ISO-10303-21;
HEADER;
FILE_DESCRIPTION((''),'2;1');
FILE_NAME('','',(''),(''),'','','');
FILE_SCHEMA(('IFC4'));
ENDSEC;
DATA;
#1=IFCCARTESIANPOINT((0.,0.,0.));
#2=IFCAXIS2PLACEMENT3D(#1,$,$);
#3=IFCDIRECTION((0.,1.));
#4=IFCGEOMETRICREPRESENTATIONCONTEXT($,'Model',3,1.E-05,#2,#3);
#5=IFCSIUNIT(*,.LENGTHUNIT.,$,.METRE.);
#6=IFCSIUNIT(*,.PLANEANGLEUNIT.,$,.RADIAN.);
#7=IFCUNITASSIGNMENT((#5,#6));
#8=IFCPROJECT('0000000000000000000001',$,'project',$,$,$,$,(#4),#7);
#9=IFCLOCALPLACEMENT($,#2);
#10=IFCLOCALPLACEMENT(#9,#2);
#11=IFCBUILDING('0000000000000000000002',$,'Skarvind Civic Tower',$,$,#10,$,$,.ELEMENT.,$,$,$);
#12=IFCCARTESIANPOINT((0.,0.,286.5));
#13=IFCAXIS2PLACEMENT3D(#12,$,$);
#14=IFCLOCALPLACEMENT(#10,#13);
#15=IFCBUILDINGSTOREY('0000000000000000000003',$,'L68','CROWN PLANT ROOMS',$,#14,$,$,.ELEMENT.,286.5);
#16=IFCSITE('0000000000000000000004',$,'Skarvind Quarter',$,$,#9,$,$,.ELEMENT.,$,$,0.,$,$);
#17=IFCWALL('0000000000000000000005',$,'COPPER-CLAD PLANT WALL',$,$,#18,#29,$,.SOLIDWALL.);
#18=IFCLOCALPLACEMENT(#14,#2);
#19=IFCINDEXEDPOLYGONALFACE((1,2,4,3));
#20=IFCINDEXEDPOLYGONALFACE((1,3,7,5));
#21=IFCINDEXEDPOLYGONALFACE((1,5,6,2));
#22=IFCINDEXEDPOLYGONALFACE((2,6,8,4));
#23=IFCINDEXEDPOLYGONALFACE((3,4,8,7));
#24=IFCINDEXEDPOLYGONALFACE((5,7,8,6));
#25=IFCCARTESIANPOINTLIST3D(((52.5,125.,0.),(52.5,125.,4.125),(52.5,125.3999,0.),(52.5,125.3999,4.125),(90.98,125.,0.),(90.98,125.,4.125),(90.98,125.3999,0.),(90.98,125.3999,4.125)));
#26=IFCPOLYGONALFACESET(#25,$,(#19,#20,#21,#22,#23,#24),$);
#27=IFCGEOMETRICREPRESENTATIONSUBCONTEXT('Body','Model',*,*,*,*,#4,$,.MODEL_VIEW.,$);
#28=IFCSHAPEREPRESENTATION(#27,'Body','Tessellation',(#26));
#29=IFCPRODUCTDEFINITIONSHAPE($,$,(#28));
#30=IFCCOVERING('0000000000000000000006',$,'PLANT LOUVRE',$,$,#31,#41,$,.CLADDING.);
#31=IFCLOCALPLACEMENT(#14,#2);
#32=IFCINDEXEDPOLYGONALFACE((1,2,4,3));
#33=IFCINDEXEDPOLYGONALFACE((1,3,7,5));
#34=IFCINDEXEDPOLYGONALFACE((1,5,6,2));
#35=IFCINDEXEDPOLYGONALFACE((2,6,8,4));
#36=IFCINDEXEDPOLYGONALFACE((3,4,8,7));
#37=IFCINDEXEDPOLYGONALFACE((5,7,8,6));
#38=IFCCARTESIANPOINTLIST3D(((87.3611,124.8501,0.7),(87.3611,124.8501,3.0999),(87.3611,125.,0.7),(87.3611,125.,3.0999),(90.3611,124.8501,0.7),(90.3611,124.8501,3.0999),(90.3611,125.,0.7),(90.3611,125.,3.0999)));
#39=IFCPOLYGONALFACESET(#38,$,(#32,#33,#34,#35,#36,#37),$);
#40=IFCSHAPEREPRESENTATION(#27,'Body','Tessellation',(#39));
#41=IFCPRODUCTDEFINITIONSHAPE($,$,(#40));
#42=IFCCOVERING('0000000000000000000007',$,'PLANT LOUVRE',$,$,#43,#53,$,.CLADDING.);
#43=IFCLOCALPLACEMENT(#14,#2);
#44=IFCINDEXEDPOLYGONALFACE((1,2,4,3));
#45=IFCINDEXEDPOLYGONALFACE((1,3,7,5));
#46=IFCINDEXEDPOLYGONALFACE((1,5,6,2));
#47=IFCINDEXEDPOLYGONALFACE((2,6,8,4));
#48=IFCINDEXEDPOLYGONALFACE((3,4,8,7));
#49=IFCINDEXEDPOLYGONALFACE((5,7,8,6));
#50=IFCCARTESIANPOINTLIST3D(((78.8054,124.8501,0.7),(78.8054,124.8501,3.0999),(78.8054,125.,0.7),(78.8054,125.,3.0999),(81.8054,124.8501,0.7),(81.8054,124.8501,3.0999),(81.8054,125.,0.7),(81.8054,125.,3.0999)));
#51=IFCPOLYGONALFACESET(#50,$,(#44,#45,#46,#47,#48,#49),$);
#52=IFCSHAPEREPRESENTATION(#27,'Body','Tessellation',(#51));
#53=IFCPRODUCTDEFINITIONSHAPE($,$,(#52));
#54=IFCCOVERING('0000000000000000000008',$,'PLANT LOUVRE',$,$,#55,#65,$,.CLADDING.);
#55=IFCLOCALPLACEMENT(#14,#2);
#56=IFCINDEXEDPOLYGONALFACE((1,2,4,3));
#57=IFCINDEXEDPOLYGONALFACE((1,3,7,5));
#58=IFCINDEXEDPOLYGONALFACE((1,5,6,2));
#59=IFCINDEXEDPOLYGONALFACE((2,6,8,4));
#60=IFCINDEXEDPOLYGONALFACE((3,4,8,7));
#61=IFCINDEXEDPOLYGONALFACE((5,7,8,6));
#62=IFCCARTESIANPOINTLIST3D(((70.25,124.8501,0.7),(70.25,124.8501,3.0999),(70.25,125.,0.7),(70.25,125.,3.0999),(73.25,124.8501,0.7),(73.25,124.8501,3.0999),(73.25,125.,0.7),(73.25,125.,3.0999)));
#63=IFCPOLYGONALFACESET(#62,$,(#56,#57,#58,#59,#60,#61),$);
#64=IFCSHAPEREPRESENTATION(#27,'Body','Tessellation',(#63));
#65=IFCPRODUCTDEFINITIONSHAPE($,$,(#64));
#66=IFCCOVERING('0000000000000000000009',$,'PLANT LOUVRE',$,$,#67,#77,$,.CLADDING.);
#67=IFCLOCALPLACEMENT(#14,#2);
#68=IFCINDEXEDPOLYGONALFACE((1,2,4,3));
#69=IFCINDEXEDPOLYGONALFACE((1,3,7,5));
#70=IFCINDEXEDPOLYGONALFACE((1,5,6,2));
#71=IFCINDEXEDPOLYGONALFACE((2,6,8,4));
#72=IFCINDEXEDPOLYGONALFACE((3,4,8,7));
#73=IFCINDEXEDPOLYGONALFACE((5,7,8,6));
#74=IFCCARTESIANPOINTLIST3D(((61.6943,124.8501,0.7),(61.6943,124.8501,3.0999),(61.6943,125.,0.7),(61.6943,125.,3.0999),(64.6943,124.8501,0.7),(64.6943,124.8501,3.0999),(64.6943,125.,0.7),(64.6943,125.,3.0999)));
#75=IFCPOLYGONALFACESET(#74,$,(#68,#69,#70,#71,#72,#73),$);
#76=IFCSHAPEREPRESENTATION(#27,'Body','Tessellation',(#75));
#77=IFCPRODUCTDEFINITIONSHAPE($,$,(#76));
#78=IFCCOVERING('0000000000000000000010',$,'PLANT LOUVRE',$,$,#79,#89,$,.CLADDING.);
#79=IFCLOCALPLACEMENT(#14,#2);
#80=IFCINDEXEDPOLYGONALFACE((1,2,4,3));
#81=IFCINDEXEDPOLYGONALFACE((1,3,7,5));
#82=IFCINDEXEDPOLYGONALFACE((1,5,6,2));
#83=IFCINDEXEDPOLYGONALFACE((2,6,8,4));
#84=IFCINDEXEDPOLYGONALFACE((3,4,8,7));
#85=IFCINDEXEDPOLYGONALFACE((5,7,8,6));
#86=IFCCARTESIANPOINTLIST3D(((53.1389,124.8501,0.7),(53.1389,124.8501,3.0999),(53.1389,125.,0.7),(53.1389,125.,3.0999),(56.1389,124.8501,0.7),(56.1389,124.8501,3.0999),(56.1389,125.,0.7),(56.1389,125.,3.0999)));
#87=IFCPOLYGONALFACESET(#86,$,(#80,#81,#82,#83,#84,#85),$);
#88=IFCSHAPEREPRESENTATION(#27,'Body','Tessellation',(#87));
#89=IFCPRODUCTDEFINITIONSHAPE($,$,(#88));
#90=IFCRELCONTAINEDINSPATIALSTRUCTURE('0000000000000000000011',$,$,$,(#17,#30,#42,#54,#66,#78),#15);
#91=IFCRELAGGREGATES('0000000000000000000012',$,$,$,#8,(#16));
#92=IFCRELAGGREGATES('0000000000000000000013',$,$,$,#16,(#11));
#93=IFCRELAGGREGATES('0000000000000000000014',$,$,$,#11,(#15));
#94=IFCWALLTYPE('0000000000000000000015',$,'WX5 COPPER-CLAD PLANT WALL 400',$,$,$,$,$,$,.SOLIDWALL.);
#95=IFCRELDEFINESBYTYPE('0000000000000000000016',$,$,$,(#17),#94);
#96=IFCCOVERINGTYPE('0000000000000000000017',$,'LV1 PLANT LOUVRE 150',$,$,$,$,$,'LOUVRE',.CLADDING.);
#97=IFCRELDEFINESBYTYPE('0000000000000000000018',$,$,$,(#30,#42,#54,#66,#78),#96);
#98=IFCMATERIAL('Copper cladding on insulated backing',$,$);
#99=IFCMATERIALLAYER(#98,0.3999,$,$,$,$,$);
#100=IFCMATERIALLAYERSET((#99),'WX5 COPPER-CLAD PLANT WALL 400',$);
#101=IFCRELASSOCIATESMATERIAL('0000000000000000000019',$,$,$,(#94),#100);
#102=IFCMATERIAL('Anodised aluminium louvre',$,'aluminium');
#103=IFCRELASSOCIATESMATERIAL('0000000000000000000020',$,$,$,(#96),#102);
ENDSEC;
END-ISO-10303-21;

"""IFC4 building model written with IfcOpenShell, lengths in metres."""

from ifc_helpers import new_model, si_unit, direction, frame, frame_2d, origin, origin_2d, place, context, subcontext, project, spatial, rectangle, extrude, material, layer, layer_set, material_profile, profile_set, type_object, element, save


model = new_model("IFC4")

# Units and contexts
model_context = context("Model", 3, precision=1e-05, world=origin(), true_north=direction((0.0, 1.0)))
body_context = subcontext(model_context, "Body", "Model", "MODEL_VIEW")
ifc_project = project(units=[si_unit("LENGTHUNIT", "METRE"), si_unit("PLANEANGLEUNIT", "RADIAN")], contexts=[model_context])

# Site, building, storey
site_placement = place(None, origin())
site = spatial("IfcSite", under=ifc_project, at=site_placement, Name="Skarvind Quarter", CompositionType="ELEMENT", RefElevation=0.0)
building_placement = place(site_placement, origin())
building = spatial("IfcBuilding", under=site, at=building_placement, Name="Skarvind Civic Tower", CompositionType="ELEMENT")
storey_placement = place(building_placement, frame((0.0, 0.0, 286.5)))
storey = spatial("IfcBuildingStorey", under=building, at=storey_placement, Name="L68", Description="CROWN PLANT ROOMS", CompositionType="ELEMENT", Elevation=286.5)

# Wall
ifc_material_1 = material(Name="Copper cladding on insulated backing")
ifc_layer_1 = layer(ifc_material_1, 0.3999)
ifc_layer_set_1 = layer_set([ifc_layer_1], Name="WX5 COPPER-CLAD PLANT WALL 400")
wall_type_1 = type_object("IfcWallType", Name="WX5 COPPER-CLAD PLANT WALL 400", PredefinedType="SOLIDWALL", material=ifc_layer_set_1)
wall_1_placement = place(storey_placement, frame((90.98, 125.2, 0.0), z_axis=(0.0, 0.0, 1.0), x_axis=(-1.0, 0.0, 0.0)))
element("IfcWall", 1, at=wall_1_placement, inside=storey, type_object=wall_type_1, Name="COPPER-CLAD PLANT WALL", PredefinedType="SOLIDWALL", context=body_context, shape_type="SweptSolid", body=[
    extrude(rectangle(XDim=38.48, YDim=0.3999, at=frame_2d((19.24, 0.0))), origin(), (0.0, 0.0, 1.0), 4.125),
])

# Coverings
ifc_material_2 = material(Name="Anodised aluminium louvre", Category="aluminium")
ifc_material_profile_1 = material_profile(ifc_material_2, rectangle(XDim=3.0, YDim=2.3999, at=origin_2d()), Name="LOUVRE 3000 x 2400")
ifc_profile_set_1 = profile_set([ifc_material_profile_1], Name="Anodised aluminium louvre")
covering_type = type_object("IfcCoveringType", Name="LV1 PLANT LOUVRE 150", ElementType="LOUVRE", PredefinedType="CLADDING", material=ifc_profile_set_1)
for number, where, z_axis, x_axis, name in (
    (2, (88.8611, 125.0, 1.8999), (0.0, -1.0, 0.0), (1.0, 0.0, 0.0), "PLANT LOUVRE"),
    (3, (80.3054, 125.0, 1.8999), (0.0, -1.0, 0.0), (1.0, 0.0, 0.0), "PLANT LOUVRE"),
    (4, (71.75, 125.0, 1.8999), (0.0, -1.0, 0.0), (1.0, 0.0, 0.0), "PLANT LOUVRE"),
    (5, (63.1943, 125.0, 1.8999), (0.0, -1.0, 0.0), (1.0, 0.0, 0.0), "PLANT LOUVRE"),
    (6, (54.6389, 125.0, 1.8999), (0.0, -1.0, 0.0), (1.0, 0.0, 0.0), "PLANT LOUVRE"),
):
    element("IfcCovering", number, at=place(storey_placement, frame(where, z_axis=z_axis, x_axis=x_axis)), inside=storey, type_object=covering_type, Name=name, PredefinedType="CLADDING", context=body_context, shape_type="SweptSolid", body=[
        extrude(rectangle(XDim=3.0, YDim=2.3999, at=origin_2d()), origin(), (0.0, 0.0, 1.0), 0.1499),
    ])

save(model, "model.ifc")
